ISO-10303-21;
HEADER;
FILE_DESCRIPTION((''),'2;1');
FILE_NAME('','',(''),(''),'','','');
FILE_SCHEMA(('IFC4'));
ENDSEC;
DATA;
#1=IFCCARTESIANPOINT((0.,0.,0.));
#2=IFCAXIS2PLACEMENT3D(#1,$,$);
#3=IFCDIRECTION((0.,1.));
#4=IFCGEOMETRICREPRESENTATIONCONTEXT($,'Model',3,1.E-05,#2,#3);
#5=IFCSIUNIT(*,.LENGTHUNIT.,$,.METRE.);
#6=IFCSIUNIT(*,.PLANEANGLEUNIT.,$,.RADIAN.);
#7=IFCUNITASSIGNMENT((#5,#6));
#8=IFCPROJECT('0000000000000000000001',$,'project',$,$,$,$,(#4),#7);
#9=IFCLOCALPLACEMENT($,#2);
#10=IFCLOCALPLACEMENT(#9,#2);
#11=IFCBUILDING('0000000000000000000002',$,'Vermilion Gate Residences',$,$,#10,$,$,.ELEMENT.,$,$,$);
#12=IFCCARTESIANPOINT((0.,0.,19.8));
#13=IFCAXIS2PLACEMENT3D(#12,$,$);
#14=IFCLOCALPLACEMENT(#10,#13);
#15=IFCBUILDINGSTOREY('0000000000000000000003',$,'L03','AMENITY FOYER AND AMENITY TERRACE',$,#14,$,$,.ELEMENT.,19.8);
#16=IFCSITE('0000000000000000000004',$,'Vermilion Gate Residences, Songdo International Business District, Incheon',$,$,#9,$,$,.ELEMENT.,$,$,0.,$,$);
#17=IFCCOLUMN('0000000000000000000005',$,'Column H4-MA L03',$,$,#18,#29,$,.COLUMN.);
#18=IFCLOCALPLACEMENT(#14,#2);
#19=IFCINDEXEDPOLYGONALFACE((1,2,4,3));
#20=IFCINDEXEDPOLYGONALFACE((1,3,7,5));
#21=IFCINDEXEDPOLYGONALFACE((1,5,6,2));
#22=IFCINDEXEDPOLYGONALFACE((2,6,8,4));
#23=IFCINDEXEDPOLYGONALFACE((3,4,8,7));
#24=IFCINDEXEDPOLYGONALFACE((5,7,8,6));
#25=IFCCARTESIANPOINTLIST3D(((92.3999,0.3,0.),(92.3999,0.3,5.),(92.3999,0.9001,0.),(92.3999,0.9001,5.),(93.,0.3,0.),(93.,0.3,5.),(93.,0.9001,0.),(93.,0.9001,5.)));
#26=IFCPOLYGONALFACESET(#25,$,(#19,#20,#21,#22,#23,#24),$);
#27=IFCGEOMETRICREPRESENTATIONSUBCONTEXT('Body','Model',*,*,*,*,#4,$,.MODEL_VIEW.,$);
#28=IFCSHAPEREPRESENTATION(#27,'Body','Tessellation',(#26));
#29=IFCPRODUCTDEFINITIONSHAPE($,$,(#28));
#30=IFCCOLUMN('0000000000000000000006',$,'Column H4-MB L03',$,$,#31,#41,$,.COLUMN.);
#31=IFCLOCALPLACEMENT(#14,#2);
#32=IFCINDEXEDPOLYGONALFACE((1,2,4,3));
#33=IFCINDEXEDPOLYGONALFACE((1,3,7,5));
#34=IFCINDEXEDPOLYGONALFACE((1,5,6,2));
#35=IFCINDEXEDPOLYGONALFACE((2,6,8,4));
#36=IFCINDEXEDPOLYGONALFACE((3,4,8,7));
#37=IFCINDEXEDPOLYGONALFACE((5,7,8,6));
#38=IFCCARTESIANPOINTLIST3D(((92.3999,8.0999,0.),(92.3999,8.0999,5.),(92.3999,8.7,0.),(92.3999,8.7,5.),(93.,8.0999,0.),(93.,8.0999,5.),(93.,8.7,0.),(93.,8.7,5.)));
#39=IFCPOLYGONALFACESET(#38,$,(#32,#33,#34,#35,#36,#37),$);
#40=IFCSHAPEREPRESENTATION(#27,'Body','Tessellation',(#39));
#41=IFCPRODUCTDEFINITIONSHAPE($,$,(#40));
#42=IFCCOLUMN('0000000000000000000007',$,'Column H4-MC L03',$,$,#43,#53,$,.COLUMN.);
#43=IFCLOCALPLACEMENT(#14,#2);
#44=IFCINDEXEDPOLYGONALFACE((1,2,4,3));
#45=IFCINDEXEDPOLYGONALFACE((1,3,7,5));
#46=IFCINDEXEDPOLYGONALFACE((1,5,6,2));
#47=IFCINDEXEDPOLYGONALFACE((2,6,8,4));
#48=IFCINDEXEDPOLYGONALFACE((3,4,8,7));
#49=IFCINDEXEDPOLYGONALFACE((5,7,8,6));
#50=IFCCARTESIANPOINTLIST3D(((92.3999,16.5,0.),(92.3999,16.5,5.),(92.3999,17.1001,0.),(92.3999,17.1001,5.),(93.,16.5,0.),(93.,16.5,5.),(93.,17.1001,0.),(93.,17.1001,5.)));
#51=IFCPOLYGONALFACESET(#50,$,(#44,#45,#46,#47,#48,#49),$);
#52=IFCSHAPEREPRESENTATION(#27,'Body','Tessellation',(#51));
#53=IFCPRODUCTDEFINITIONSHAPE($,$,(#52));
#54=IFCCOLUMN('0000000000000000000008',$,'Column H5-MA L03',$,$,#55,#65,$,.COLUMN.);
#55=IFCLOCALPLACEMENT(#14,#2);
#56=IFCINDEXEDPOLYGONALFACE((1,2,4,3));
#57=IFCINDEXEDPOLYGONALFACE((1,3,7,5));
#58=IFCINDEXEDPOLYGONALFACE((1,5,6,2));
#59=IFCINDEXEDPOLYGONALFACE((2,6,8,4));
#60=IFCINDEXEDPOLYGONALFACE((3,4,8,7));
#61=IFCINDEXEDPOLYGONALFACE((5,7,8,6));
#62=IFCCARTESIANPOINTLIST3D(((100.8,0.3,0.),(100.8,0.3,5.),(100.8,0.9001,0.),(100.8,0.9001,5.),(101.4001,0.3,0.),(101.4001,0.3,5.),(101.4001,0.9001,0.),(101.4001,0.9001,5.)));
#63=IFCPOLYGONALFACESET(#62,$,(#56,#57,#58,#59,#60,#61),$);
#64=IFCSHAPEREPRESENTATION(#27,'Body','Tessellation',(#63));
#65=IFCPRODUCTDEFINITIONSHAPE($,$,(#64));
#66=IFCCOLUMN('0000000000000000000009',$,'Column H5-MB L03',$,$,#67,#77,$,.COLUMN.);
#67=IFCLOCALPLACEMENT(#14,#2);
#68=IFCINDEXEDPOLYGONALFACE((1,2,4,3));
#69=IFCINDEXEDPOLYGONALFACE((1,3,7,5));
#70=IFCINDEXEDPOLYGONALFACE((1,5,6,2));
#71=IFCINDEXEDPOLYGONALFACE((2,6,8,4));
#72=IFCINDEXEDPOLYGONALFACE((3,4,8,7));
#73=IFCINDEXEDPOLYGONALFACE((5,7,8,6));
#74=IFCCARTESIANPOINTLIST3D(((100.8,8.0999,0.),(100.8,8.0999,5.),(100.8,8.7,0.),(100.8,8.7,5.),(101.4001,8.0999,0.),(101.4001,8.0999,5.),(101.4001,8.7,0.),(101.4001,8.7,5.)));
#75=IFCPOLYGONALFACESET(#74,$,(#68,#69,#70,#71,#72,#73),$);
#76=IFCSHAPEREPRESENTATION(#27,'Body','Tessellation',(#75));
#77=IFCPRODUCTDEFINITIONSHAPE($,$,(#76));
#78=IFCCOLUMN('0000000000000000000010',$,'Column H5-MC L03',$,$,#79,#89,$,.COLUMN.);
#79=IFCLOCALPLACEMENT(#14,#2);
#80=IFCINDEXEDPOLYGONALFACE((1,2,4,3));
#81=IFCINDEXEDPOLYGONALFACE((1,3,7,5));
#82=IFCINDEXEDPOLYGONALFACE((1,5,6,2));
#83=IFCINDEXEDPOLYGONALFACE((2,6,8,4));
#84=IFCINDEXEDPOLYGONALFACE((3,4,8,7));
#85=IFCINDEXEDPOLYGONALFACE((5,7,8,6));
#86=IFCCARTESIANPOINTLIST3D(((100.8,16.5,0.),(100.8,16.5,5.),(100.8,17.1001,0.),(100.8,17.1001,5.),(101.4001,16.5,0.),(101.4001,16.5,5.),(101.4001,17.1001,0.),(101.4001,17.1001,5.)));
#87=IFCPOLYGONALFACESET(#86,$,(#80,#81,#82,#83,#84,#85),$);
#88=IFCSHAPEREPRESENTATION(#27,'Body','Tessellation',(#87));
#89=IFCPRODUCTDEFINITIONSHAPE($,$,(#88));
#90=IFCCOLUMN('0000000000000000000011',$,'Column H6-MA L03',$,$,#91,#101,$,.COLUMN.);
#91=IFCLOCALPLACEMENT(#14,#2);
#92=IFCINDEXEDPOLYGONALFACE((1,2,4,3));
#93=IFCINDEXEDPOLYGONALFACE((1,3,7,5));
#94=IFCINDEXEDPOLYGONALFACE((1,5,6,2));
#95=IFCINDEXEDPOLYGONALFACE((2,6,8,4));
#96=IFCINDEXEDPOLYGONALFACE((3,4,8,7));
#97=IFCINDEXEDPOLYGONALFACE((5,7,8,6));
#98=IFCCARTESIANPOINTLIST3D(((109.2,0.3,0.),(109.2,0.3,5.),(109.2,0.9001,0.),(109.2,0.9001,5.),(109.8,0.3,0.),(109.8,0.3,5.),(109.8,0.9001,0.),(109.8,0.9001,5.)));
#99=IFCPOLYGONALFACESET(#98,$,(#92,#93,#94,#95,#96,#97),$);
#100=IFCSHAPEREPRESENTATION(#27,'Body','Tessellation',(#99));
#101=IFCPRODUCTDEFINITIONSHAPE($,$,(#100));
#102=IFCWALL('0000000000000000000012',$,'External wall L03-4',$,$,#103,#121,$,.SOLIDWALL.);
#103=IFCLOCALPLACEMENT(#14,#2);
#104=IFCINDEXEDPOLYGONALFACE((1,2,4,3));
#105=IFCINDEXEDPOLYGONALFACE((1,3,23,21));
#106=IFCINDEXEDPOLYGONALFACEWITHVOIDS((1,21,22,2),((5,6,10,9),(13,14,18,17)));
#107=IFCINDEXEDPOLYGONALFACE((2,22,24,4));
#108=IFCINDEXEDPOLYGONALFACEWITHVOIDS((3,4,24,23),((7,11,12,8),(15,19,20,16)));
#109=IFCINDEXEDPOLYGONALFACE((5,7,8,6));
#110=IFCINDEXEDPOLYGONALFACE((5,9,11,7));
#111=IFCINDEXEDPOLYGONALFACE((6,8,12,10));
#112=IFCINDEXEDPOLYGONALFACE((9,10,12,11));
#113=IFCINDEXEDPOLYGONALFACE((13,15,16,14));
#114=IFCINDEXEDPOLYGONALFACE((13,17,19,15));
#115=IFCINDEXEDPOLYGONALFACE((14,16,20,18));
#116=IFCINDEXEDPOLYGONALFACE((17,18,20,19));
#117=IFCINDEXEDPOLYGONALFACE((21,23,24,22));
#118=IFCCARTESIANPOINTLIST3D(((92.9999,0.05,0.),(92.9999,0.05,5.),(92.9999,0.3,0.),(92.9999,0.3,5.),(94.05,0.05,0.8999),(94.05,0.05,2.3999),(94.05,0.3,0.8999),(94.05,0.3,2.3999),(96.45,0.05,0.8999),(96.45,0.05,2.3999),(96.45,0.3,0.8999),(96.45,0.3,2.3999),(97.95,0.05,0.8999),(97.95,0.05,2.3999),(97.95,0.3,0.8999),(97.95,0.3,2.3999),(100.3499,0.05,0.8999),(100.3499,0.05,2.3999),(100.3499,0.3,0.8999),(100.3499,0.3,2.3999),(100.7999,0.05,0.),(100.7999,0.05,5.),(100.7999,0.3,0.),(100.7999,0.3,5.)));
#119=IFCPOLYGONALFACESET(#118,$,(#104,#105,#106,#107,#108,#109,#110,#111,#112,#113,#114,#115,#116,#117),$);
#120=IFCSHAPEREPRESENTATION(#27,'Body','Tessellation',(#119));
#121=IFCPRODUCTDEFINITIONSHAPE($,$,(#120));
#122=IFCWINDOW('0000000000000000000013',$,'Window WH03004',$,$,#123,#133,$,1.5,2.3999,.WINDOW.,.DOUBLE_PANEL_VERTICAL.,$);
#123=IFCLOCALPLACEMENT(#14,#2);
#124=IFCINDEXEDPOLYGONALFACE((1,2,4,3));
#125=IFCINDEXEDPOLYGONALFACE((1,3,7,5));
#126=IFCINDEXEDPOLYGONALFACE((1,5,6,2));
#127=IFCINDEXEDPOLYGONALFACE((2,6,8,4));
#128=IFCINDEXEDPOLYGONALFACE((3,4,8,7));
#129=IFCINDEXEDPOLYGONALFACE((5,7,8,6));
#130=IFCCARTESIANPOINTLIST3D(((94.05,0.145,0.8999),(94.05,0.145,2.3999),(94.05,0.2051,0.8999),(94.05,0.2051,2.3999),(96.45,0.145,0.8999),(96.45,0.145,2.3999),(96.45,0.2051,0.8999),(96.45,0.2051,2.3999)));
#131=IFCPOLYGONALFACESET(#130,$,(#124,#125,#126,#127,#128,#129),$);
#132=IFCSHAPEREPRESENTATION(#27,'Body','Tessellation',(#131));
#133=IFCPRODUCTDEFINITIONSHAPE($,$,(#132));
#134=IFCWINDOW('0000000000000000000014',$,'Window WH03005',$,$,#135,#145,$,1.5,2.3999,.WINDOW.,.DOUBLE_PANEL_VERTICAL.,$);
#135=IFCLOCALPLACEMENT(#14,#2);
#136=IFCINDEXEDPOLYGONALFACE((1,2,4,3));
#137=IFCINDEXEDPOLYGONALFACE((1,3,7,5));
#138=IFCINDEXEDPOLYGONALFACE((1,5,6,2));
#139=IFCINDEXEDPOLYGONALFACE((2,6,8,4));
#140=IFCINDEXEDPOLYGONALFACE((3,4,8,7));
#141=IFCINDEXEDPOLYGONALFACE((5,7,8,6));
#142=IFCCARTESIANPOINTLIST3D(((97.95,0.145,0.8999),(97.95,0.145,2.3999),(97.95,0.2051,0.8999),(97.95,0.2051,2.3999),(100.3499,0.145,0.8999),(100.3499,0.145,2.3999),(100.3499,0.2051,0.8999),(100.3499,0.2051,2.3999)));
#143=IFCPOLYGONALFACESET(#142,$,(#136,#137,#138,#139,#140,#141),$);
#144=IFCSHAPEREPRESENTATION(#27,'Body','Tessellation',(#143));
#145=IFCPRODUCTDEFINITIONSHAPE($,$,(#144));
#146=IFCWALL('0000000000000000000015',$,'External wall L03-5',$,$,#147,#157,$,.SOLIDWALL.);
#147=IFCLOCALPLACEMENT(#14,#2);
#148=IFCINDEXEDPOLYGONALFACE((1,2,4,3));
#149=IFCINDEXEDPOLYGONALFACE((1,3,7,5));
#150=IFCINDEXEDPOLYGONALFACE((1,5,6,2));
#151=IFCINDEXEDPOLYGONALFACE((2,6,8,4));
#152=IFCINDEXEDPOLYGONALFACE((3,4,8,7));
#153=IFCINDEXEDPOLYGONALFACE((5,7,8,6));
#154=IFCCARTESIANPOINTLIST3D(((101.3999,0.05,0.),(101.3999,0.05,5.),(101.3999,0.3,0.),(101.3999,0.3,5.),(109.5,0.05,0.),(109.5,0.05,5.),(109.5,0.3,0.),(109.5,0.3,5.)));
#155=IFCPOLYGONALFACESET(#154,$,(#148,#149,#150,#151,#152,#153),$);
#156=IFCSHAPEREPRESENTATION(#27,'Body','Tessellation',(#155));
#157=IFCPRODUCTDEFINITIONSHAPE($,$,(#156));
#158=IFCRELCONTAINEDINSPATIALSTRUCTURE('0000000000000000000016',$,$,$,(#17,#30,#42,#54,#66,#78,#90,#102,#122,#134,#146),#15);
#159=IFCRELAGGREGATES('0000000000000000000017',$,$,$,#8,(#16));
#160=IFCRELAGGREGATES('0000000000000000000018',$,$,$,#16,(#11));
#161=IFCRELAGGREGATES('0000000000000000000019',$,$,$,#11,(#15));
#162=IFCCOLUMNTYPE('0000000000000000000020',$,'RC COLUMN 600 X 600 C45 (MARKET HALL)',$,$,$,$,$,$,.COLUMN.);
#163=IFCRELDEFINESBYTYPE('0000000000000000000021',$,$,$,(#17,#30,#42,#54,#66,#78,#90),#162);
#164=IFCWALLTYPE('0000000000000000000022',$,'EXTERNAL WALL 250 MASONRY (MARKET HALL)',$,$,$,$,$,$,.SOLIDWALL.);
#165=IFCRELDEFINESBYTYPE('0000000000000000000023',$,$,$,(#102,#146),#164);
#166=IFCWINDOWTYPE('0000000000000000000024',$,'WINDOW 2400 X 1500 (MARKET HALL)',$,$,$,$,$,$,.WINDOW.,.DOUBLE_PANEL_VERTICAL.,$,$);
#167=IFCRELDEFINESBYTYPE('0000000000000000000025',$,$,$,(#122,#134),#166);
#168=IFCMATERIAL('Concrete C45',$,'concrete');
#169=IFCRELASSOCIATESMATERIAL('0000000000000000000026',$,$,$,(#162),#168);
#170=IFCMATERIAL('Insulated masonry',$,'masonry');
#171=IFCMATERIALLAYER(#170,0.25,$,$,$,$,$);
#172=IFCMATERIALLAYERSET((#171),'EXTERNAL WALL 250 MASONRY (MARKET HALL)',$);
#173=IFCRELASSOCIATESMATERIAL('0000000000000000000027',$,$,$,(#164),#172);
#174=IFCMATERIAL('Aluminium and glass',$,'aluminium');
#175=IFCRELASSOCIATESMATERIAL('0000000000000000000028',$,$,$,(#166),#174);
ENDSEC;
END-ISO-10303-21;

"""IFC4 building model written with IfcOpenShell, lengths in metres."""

from ifc_helpers import new_model, si_unit, direction, frame, frame_2d, origin, origin_2d, place, context, subcontext, project, spatial, rectangle, extrude, material, layer, layer_set, material_profile, profile_set, type_object, element, fill, save


model = new_model("IFC4")

# Units and contexts
model_context = context("Model", 3, precision=1e-05, world=origin(), true_north=direction((0.0, 1.0)))
body_context = subcontext(model_context, "Body", "Model", "MODEL_VIEW")
ifc_project = project(units=[si_unit("LENGTHUNIT", "METRE"), si_unit("PLANEANGLEUNIT", "RADIAN")], contexts=[model_context])

# Site, building, storey
site_placement = place(None, origin())
site = spatial("IfcSite", under=ifc_project, at=site_placement, Name="Vermilion Gate Residences, Songdo International Business District, Incheon", CompositionType="ELEMENT", RefElevation=0.0)
building_placement = place(site_placement, origin())
building = spatial("IfcBuilding", under=site, at=building_placement, Name="Vermilion Gate Residences", CompositionType="ELEMENT")
storey_placement = place(building_placement, frame((0.0, 0.0, 19.8)))
storey = spatial("IfcBuildingStorey", under=building, at=storey_placement, Name="L03", Description="AMENITY FOYER AND AMENITY TERRACE", CompositionType="ELEMENT", Elevation=19.8)

# Columns
ifc_material_1 = material(Name="Concrete C45", Category="concrete")
ifc_material_profile = material_profile(ifc_material_1, rectangle(XDim=0.6001, YDim=0.6001, at=origin_2d()), Name="RC COLUMN 600 X 600 C45 (MARKET HALL)")
ifc_profile_set = profile_set([ifc_material_profile], Name="Concrete C45")
column_type = type_object("IfcColumnType", Name="RC COLUMN 600 X 600 C45 (MARKET HALL)", PredefinedType="COLUMN", material=ifc_profile_set)
for number, where, z_axis, x_axis, name in (
    (1, (92.7, 0.6001, 0.0), (0.0, 0.0, 1.0), (1.0, 0.0, 0.0), "Column H4-MA L03"),
    (2, (92.7, 8.3999, 0.0), (0.0, 0.0, 1.0), (1.0, 0.0, 0.0), "Column H4-MB L03"),
    (3, (92.7, 16.8, 0.0), (0.0, 0.0, 1.0), (1.0, 0.0, 0.0), "Column H4-MC L03"),
    (4, (101.1001, 0.6001, 0.0), (0.0, 0.0, 1.0), (1.0, 0.0, 0.0), "Column H5-MA L03"),
    (5, (101.1001, 8.3999, 0.0), (0.0, 0.0, 1.0), (1.0, 0.0, 0.0), "Column H5-MB L03"),
    (6, (101.1001, 16.8, 0.0), (0.0, 0.0, 1.0), (1.0, 0.0, 0.0), "Column H5-MC L03"),
    (7, (109.5, 0.6001, 0.0), (0.0, 0.0, 1.0), (1.0, 0.0, 0.0), "Column H6-MA L03"),
):
    element("IfcColumn", number, at=place(storey_placement, frame(where, z_axis=z_axis, x_axis=x_axis)), inside=storey, type_object=column_type, Name=name, PredefinedType="COLUMN", context=body_context, shape_type="SweptSolid", body=[
        extrude(rectangle(XDim=0.6001, YDim=0.6001, at=origin_2d()), origin(), (0.0, 0.0, 1.0), 5.0),
    ])

# Wall, openings, windows
ifc_material_2 = material(Name="Insulated masonry", Category="masonry")
ifc_layer_1 = layer(ifc_material_2, 0.25)
ifc_layer_set_1 = layer_set([ifc_layer_1], Name="EXTERNAL WALL 250 MASONRY (MARKET HALL)")
wall_type_1 = type_object("IfcWallType", Name="EXTERNAL WALL 250 MASONRY (MARKET HALL)", PredefinedType="SOLIDWALL", material=ifc_layer_set_1)
wall_1_placement = place(storey_placement, frame((93.0, 0.175, 0.0), z_axis=(0.0, 0.0, 1.0), x_axis=(1.0, 0.0, 0.0)))
wall_1 = element("IfcWall", 8, at=wall_1_placement, inside=storey, type_object=wall_type_1, Name="External wall L03-4", PredefinedType="SOLIDWALL", context=body_context, shape_type="SweptSolid", body=[
    extrude(rectangle(XDim=7.8, YDim=0.25, at=frame_2d((3.8999, 0.0))), origin(), (0.0, 0.0, 1.0), 5.0),
])
opening_1_placement = place(wall_1_placement, frame((1.05, 0.0, 0.8999)))
opening_1 = element("IfcOpeningElement", 9, at=opening_1_placement, cuts=wall_1, PredefinedType="OPENING", context=body_context, shape_type="SweptSolid", body=[
    extrude(rectangle(XDim=2.3999, YDim=1.5, at=frame_2d((1.2, 0.75))), frame((0.0, 0.135, 0.0), z_axis=(0.0, -1.0, 0.0), x_axis=(1.0, 0.0, 0.0)), (0.0, 0.0, 1.0), 0.27),
])
opening_2_placement = place(wall_1_placement, frame((4.95, 0.0, 0.8999)))
opening_2 = element("IfcOpeningElement", 10, at=opening_2_placement, cuts=wall_1, PredefinedType="OPENING", context=body_context, shape_type="SweptSolid", body=[
    extrude(rectangle(XDim=2.3999, YDim=1.5, at=frame_2d((1.2, 0.75))), frame((0.0, 0.135, 0.0), z_axis=(0.0, -1.0, 0.0), x_axis=(1.0, 0.0, 0.0)), (0.0, 0.0, 1.0), 0.27),
])
ifc_material_3 = material(Name="Aluminium and glass", Category="aluminium")
window_type = type_object("IfcWindowType", Name="WINDOW 2400 X 1500 (MARKET HALL)", PartitioningType="DOUBLE_PANEL_VERTICAL", PredefinedType="WINDOW", material=ifc_material_3)
window_1_placement = place(opening_1_placement, origin())
window_1 = element("IfcWindow", 11, at=window_1_placement, inside=storey, type_object=window_type, Name="Window WH03004", OverallHeight=1.5, OverallWidth=2.3999, PartitioningType="DOUBLE_PANEL_VERTICAL", PredefinedType="WINDOW", context=body_context, shape_type="SweptSolid", body=[
    extrude(rectangle(XDim=2.3999, YDim=1.5, at=frame_2d((1.2, 0.75))), frame((0.0, 0.03, 0.0), z_axis=(0.0, -1.0, 0.0), x_axis=(1.0, 0.0, 0.0)), (0.0, 0.0, 1.0), 0.0601),
])
fill(opening_1, window_1)
window_2_placement = place(opening_2_placement, origin())
window_2 = element("IfcWindow", 12, at=window_2_placement, inside=storey, type_object=window_type, Name="Window WH03005", OverallHeight=1.5, OverallWidth=2.3999, PartitioningType="DOUBLE_PANEL_VERTICAL", PredefinedType="WINDOW", context=body_context, shape_type="SweptSolid", body=[
    extrude(rectangle(XDim=2.3999, YDim=1.5, at=frame_2d((1.2, 0.75))), frame((0.0, 0.03, 0.0), z_axis=(0.0, -1.0, 0.0), x_axis=(1.0, 0.0, 0.0)), (0.0, 0.0, 1.0), 0.0601),
])
fill(opening_2, window_2)

# Wall
wall_2_placement = place(storey_placement, frame((101.3999, 0.175, 0.0), z_axis=(0.0, 0.0, 1.0), x_axis=(1.0, 0.0, 0.0)))
element("IfcWall", 13, at=wall_2_placement, inside=storey, type_object=wall_type_1, Name="External wall L03-5", PredefinedType="SOLIDWALL", context=body_context, shape_type="SweptSolid", body=[
    extrude(rectangle(XDim=8.1001, YDim=0.25, at=frame_2d((4.05, 0.0))), origin(), (0.0, 0.0, 1.0), 5.0),
])

save(model, "model.ifc")
